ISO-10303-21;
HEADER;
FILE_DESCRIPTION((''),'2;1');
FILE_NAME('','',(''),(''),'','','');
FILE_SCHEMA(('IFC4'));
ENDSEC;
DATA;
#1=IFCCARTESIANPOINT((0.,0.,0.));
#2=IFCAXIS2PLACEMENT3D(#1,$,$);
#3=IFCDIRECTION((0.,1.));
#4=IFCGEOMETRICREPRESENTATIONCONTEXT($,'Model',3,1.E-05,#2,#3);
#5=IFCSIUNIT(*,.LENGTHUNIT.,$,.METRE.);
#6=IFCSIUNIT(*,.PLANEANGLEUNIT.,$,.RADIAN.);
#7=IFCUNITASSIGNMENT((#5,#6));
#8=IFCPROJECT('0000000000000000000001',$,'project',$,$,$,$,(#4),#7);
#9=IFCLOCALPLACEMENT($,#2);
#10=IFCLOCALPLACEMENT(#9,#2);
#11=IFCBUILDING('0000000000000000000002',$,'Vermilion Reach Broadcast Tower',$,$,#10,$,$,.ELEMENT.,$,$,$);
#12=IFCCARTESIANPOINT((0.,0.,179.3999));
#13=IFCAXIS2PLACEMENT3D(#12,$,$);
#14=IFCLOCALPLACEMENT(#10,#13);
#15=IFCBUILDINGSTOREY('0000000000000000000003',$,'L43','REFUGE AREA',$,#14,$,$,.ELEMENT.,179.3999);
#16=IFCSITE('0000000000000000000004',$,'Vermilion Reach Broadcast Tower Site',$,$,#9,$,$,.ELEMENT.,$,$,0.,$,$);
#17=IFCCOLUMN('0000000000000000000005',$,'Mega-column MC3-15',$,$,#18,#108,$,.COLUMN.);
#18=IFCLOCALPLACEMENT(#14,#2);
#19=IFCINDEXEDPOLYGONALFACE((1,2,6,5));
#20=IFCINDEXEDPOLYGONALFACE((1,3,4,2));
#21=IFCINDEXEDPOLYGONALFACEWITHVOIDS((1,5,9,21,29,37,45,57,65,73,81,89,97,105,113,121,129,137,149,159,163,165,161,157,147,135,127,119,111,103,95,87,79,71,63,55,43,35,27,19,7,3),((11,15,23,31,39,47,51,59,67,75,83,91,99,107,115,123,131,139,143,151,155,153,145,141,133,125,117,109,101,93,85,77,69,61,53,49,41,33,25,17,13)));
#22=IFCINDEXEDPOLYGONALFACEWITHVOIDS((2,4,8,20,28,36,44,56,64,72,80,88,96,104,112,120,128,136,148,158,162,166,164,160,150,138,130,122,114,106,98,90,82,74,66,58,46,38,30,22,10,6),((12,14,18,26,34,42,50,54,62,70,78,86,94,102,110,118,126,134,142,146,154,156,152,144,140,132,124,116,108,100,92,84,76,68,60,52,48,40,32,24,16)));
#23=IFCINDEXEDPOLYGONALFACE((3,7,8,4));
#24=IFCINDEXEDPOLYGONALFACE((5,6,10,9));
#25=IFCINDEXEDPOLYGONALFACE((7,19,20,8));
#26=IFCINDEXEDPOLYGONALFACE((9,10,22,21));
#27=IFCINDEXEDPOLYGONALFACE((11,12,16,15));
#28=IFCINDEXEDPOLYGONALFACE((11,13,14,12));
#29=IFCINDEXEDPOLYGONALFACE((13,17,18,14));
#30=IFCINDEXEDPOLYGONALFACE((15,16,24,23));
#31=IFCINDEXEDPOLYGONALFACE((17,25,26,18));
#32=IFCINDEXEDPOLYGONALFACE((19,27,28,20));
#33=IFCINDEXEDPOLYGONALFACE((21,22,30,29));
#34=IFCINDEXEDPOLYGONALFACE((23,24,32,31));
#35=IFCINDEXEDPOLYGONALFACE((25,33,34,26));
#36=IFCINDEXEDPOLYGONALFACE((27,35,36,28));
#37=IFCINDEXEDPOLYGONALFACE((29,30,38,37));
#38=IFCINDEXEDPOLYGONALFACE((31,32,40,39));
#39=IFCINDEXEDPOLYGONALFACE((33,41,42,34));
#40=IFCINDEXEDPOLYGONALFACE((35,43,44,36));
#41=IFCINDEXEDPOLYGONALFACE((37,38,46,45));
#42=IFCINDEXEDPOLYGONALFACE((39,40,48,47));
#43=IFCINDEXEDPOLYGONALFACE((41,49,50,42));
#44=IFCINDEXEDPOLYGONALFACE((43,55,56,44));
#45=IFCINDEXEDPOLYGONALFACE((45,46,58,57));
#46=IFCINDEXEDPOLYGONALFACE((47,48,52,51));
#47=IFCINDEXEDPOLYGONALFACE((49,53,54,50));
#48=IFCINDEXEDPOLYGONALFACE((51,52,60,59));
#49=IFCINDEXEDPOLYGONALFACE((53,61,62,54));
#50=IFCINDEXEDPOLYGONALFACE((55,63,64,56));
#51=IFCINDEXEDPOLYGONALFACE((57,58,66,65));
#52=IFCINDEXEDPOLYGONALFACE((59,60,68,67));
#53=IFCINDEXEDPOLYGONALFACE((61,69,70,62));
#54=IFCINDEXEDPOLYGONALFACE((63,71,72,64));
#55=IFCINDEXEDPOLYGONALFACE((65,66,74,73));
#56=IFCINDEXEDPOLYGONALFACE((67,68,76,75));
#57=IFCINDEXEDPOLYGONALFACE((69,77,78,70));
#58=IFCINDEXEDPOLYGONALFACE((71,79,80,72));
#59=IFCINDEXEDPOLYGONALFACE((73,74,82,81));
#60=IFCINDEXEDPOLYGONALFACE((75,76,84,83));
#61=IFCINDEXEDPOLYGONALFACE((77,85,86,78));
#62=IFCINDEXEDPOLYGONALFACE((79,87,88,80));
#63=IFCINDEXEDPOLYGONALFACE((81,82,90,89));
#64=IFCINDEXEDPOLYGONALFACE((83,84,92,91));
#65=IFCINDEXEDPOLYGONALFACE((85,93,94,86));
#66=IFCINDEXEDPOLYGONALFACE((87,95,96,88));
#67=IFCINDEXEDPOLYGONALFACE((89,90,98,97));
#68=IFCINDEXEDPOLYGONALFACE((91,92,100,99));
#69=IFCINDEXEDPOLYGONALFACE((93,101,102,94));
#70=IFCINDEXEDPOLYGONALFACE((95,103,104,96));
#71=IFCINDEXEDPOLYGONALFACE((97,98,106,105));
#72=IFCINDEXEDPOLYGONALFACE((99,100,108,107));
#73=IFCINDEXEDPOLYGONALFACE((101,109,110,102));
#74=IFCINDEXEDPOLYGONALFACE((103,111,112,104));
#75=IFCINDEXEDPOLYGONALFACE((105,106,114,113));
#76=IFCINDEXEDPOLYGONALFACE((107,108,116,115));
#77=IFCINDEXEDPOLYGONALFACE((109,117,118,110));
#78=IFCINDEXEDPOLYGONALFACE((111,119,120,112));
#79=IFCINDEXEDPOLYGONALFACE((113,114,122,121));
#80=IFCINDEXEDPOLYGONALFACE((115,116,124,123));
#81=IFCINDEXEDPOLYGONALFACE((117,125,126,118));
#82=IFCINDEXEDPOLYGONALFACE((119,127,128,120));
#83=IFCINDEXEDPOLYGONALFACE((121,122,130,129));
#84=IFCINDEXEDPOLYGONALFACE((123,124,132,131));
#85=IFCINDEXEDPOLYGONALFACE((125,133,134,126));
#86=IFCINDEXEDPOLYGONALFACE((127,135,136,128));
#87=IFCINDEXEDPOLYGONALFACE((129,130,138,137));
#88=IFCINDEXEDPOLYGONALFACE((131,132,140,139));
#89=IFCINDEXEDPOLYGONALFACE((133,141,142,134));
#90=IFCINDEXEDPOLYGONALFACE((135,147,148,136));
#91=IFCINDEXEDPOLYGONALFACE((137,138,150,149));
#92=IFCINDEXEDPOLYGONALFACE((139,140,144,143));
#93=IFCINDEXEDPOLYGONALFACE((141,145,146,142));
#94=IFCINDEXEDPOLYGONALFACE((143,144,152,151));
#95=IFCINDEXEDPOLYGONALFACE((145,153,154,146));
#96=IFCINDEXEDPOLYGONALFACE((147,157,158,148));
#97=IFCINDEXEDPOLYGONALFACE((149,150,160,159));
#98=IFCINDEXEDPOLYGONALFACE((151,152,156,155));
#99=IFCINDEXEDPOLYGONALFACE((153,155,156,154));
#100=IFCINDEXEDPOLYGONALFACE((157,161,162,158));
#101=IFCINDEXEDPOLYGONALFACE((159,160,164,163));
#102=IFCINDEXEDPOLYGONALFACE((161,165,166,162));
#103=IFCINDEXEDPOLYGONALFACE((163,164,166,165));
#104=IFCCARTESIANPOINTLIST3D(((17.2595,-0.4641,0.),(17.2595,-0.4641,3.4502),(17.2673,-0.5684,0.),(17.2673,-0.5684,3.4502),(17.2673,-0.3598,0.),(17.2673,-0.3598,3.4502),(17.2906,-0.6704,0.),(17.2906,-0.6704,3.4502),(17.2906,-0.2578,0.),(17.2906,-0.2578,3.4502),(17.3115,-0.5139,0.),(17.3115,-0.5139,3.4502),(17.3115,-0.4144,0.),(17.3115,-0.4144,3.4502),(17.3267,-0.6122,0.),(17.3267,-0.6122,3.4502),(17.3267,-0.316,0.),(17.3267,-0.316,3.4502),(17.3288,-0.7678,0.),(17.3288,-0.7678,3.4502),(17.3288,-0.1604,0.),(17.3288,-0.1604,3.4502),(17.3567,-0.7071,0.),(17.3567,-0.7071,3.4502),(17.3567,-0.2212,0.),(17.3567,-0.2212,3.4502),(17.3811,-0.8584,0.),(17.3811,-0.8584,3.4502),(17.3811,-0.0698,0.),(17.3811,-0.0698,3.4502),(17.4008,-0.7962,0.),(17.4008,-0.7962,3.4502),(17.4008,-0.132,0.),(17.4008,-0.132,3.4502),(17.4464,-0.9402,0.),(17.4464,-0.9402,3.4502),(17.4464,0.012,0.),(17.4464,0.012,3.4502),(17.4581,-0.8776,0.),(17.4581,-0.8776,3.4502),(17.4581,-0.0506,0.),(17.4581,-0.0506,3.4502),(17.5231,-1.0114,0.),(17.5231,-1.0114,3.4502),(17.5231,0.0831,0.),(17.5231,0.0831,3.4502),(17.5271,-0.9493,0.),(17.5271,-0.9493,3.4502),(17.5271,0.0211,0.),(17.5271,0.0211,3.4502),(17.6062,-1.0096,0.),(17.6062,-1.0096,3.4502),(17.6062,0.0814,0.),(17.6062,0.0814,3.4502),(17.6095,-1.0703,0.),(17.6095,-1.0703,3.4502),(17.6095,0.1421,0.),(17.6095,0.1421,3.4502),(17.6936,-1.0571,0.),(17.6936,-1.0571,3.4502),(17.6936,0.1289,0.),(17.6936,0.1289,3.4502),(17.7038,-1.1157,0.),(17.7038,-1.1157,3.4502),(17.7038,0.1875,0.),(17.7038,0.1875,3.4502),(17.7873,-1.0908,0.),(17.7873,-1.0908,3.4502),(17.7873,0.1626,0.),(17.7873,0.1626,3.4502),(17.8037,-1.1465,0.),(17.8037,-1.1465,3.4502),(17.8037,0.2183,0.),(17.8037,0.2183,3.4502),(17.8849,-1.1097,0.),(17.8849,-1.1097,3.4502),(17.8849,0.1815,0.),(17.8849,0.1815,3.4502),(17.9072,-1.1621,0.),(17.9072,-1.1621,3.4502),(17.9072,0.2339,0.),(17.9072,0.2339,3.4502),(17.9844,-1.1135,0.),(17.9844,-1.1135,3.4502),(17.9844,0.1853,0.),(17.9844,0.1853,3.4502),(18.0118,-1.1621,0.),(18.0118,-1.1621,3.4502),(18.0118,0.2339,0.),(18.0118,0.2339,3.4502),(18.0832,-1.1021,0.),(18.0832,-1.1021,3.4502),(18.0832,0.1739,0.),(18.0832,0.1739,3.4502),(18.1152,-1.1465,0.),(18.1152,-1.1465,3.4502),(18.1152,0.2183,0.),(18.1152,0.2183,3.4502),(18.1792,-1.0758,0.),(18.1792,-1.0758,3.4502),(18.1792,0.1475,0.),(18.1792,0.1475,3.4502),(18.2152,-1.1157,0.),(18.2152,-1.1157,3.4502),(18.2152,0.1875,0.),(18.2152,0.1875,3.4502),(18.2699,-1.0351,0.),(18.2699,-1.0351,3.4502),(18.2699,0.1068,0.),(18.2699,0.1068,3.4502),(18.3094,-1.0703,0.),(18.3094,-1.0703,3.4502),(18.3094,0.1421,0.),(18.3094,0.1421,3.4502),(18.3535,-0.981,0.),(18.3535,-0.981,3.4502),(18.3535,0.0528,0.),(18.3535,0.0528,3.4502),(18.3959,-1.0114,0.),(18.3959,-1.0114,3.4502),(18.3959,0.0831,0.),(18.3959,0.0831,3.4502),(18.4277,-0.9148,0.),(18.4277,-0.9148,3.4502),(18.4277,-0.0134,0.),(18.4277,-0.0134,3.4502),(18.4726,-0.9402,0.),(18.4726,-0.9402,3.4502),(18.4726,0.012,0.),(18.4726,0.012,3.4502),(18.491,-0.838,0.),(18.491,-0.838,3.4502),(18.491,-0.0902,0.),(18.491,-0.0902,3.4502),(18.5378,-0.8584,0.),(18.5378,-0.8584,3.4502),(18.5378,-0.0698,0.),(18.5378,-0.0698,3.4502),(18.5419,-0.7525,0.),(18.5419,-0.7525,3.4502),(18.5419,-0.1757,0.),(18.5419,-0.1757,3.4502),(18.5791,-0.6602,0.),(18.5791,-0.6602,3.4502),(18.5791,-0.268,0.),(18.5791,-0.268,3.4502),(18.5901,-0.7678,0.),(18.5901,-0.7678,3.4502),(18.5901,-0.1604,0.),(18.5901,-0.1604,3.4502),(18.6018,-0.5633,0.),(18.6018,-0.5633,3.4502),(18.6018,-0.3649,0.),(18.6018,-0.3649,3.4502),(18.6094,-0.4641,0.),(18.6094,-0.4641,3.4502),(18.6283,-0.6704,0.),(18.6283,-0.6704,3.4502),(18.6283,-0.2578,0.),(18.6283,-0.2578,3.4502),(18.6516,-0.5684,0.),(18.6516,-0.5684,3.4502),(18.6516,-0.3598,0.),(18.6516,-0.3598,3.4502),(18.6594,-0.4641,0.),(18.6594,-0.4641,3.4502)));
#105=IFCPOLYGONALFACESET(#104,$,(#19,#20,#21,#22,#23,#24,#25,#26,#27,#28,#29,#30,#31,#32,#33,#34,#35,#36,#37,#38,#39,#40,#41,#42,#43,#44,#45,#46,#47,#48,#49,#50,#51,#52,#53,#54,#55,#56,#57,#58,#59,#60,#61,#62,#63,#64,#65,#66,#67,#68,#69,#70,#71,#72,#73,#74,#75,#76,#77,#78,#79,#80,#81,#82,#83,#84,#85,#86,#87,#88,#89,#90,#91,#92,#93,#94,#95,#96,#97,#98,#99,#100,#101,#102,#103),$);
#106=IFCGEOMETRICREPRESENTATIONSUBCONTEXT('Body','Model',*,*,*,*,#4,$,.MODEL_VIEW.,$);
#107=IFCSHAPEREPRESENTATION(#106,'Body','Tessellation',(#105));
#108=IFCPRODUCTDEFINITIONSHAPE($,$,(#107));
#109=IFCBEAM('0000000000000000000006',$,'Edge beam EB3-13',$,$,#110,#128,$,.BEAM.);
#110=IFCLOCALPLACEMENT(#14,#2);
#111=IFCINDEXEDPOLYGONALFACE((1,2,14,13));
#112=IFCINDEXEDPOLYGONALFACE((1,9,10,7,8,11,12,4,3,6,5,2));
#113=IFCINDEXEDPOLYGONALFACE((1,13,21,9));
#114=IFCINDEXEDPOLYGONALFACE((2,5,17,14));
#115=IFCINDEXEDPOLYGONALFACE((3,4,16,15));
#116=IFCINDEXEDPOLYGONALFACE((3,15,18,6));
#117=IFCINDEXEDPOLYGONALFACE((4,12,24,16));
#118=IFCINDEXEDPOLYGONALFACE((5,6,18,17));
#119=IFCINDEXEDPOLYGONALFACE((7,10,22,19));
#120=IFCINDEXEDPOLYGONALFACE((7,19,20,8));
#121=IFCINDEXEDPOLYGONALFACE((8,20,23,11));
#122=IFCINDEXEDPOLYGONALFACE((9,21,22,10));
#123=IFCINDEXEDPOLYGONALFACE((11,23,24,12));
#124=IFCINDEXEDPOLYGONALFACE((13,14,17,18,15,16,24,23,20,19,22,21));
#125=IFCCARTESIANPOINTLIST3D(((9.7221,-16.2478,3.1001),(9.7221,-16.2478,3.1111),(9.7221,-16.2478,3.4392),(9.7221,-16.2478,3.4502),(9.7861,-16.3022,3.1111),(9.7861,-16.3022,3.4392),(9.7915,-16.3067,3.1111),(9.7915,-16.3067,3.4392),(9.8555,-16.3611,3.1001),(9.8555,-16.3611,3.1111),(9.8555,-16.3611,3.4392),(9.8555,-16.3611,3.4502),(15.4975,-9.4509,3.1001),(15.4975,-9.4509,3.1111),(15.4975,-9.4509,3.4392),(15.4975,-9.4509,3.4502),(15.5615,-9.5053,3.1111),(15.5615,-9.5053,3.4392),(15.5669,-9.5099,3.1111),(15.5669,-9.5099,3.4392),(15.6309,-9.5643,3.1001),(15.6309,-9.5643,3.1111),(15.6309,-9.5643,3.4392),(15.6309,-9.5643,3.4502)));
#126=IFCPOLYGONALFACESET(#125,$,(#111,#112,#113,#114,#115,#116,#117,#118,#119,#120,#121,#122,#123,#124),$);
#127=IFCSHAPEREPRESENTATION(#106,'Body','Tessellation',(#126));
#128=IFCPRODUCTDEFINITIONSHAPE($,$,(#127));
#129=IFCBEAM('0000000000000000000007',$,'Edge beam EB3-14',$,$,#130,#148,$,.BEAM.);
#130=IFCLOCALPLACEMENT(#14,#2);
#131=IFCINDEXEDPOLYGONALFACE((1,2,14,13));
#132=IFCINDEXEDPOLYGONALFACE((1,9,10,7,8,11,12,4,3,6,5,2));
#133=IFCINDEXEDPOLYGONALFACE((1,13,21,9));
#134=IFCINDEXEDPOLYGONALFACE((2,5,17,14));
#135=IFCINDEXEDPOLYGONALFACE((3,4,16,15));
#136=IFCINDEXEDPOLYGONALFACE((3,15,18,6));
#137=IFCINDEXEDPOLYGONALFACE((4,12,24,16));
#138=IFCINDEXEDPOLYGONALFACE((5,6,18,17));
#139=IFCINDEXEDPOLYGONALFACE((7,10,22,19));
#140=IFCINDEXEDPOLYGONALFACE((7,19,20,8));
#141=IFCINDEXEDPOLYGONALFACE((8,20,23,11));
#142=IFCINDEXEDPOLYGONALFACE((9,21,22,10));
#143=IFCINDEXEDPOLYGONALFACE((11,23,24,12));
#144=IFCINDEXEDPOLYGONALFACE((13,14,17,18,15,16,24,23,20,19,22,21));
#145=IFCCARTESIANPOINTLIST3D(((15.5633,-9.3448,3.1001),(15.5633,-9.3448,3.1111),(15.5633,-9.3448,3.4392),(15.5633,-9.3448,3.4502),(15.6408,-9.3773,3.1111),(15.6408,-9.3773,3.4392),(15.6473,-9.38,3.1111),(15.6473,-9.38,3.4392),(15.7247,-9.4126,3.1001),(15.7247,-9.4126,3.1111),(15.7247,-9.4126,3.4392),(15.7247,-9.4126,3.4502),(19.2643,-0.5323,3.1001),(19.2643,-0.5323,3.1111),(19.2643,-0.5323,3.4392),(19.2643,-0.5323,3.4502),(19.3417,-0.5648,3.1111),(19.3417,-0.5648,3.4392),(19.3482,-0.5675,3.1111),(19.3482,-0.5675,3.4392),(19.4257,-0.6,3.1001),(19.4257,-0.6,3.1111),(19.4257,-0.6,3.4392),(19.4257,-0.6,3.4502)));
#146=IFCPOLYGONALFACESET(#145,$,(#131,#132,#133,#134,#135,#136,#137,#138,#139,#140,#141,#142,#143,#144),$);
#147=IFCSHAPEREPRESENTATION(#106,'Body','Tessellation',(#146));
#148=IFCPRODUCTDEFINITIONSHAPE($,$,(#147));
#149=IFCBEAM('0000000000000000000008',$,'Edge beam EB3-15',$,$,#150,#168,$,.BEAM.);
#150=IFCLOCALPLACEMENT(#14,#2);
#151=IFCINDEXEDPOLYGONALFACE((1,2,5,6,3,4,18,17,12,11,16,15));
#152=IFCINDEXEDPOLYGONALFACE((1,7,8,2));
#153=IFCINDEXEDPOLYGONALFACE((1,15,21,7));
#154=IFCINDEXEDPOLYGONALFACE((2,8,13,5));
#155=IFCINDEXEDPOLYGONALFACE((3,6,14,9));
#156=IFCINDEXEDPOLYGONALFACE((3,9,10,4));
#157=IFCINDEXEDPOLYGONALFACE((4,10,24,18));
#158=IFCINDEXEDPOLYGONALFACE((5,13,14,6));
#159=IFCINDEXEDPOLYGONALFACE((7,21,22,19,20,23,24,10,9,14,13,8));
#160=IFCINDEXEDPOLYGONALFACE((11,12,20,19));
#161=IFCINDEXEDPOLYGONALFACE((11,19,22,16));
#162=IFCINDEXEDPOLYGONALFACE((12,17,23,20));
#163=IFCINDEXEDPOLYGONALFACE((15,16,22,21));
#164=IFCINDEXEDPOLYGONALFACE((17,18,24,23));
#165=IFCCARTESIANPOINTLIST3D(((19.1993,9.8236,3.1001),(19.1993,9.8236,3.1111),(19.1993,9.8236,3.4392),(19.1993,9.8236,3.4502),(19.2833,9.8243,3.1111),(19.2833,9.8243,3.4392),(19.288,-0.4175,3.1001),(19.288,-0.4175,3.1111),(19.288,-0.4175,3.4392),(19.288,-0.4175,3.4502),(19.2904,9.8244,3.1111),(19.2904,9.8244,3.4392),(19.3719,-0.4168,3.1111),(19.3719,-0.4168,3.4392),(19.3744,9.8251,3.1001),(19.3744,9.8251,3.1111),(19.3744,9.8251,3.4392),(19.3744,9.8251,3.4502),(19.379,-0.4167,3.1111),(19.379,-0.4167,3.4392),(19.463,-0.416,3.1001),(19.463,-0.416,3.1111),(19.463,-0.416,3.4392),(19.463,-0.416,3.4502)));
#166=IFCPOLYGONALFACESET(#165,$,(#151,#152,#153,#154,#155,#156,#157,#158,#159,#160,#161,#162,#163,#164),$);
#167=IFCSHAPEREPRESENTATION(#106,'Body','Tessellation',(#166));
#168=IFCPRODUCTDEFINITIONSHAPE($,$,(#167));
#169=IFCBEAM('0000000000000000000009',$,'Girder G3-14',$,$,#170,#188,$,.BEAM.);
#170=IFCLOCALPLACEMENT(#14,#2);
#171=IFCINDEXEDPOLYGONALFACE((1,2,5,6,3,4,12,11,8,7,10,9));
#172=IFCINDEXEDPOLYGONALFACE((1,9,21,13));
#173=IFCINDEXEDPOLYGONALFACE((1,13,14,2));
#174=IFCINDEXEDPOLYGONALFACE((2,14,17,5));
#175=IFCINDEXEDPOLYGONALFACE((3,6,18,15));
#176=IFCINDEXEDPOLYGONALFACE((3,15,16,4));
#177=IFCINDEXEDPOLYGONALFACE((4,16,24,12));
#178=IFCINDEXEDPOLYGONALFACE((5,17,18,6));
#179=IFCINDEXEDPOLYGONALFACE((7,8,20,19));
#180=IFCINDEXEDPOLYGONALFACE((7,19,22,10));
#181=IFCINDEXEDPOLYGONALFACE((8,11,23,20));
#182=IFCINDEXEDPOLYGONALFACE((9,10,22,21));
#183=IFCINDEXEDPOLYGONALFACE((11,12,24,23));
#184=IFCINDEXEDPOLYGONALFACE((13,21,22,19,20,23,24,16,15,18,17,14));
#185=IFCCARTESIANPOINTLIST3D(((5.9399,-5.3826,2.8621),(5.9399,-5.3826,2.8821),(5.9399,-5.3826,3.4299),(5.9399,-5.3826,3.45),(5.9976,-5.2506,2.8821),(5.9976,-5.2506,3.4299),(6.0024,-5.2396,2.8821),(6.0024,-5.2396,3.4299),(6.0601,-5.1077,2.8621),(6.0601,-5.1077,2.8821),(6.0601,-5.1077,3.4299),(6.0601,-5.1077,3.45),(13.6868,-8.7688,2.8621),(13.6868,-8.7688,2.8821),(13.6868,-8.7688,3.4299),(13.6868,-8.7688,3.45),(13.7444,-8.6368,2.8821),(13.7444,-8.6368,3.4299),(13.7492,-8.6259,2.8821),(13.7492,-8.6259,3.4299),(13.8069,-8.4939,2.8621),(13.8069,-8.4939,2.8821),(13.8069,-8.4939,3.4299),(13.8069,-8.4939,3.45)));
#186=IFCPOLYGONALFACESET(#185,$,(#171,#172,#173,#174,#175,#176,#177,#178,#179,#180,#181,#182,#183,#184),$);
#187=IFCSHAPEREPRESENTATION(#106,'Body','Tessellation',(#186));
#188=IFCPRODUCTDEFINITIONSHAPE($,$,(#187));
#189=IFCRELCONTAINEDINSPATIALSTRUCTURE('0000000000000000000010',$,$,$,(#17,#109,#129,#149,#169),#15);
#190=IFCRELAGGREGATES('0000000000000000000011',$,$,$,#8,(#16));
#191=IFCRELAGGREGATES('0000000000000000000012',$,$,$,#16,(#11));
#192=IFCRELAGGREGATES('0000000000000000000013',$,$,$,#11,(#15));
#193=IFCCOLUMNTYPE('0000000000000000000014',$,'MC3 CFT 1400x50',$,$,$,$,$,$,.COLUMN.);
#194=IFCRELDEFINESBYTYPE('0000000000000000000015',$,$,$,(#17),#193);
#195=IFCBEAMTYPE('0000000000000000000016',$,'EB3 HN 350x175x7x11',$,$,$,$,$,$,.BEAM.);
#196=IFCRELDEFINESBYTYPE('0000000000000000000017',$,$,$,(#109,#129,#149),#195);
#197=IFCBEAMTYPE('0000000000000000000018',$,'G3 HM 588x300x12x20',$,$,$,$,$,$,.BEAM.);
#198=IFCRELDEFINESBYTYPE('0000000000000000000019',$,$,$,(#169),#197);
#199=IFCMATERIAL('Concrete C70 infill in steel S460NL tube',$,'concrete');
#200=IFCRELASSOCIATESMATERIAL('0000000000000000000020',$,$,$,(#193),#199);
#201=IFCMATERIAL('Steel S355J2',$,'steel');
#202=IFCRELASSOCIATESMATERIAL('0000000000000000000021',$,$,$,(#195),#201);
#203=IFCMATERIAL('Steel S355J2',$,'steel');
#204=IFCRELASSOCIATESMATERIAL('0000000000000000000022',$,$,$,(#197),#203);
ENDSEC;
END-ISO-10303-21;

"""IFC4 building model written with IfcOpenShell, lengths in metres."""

from ifc_helpers import new_model, si_unit, direction, frame, origin, origin_2d, place, context, subcontext, project, spatial, hollow_circle, i_section, extrude, material, material_profile, profile_set, type_object, element, save


model = new_model("IFC4")

# Units and contexts
model_context = context("Model", 3, precision=1e-05, world=origin(), true_north=direction((0.0, 1.0)))
body_context = subcontext(model_context, "Body", "Model", "MODEL_VIEW")
ifc_project = project(units=[si_unit("LENGTHUNIT", "METRE"), si_unit("PLANEANGLEUNIT", "RADIAN")], contexts=[model_context])

# Site, building, storey
site_placement = place(None, origin())
site = spatial("IfcSite", under=ifc_project, at=site_placement, Name="Vermilion Reach Broadcast Tower Site", CompositionType="ELEMENT", RefElevation=0.0)
building_placement = place(site_placement, origin())
building = spatial("IfcBuilding", under=site, at=building_placement, Name="Vermilion Reach Broadcast Tower", CompositionType="ELEMENT")
storey_placement = place(building_placement, frame((0.0, 0.0, 179.3999)))
storey = spatial("IfcBuildingStorey", under=building, at=storey_placement, Name="L43", Description="REFUGE AREA", CompositionType="ELEMENT", Elevation=179.3999)

# Column
ifc_material_1 = material(Name="Concrete C70 infill in steel S460NL tube", Category="concrete")
ifc_material_profile_1 = material_profile(ifc_material_1, hollow_circle(Radius=0.7, WallThickness=0.05, at=origin_2d()), Name="Concrete C70 infill in steel S460NL tube CFT 1400x50")
ifc_profile_set_1 = profile_set([ifc_material_profile_1], Name="Concrete C70 infill in steel S460NL tube")
column_type = type_object("IfcColumnType", Name="MC3 CFT 1400x50", PredefinedType="COLUMN", material=ifc_profile_set_1)
for number, where, z_axis, x_axis, name in (
    (1, (17.9595, -0.4641, 0.0), (0.0, 0.0, 1.0), (1.0, 0.0, 0.0), "Mega-column MC3-15"),
):
    element("IfcColumn", number, at=place(storey_placement, frame(where, z_axis=z_axis, x_axis=x_axis)), inside=storey, type_object=column_type, Name=name, PredefinedType="COLUMN", context=body_context, shape_type="SweptSolid", body=[
        extrude(hollow_circle(Radius=0.7, WallThickness=0.05, at=origin_2d()), origin(), (0.0, 0.0, 1.0), 3.4502),
    ])

# Beams
ifc_material_2 = material(Name="Steel S355J2", Category="steel")
ifc_material_profile_2 = material_profile(ifc_material_2, i_section(OverallWidth=0.175, OverallDepth=0.3501, WebThickness=0.0071, FlangeThickness=0.011, at=origin_2d()), Name="S355J2 HN 350x175x7x11")
ifc_profile_set_2 = profile_set([ifc_material_profile_2], Name="Steel S355J2")
beam_type_1 = type_object("IfcBeamType", Name="EB3 HN 350x175x7x11", PredefinedType="BEAM", material=ifc_profile_set_2)
beam_1_placement = place(storey_placement, frame((9.7888, -16.3044, 3.2751), z_axis=(0.647521, 0.762047, 0.0), x_axis=(-0.762047, 0.647521, 0.0)))
element("IfcBeam", 2, at=beam_1_placement, inside=storey, type_object=beam_type_1, Name="Edge beam EB3-13", PredefinedType="BEAM", context=body_context, shape_type="SweptSolid", body=[
    extrude(i_section(OverallWidth=0.175, OverallDepth=0.3501, WebThickness=0.0071, FlangeThickness=0.011, at=origin_2d()), origin(), (0.0, 0.0, 1.0), 8.9192),
])
beam_2_placement = place(storey_placement, frame((15.644, -9.3787, 3.2751), z_axis=(0.387204, 0.921994, 0.0), x_axis=(-0.921994, 0.387204, 0.0)))
element("IfcBeam", 3, at=beam_2_placement, inside=storey, type_object=beam_type_1, Name="Edge beam EB3-14", PredefinedType="BEAM", context=body_context, shape_type="SweptSolid", body=[
    extrude(i_section(OverallWidth=0.175, OverallDepth=0.3501, WebThickness=0.0071, FlangeThickness=0.011, at=origin_2d()), origin(), (0.0, 0.0, 1.0), 9.5581),
])
beam_3_placement = place(storey_placement, frame((19.3755, -0.4167, 3.2751), z_axis=(-0.008653, 0.999963, 0.0), x_axis=(-0.999963, -0.008653, 0.0)))
element("IfcBeam", 4, at=beam_3_placement, inside=storey, type_object=beam_type_1, Name="Edge beam EB3-15", PredefinedType="BEAM", context=body_context, shape_type="SweptSolid", body=[
    extrude(i_section(OverallWidth=0.175, OverallDepth=0.3501, WebThickness=0.0071, FlangeThickness=0.011, at=origin_2d()), origin(), (0.0, 0.0, 1.0), 10.2415),
])
ifc_material_3 = material(Name="Steel S355J2", Category="steel")
ifc_material_profile_3 = material_profile(ifc_material_3, i_section(OverallWidth=0.3, OverallDepth=0.5879, WebThickness=0.012, FlangeThickness=0.02, at=origin_2d()), Name="S355J2 HM 588x300x12x20")
ifc_profile_set_3 = profile_set([ifc_material_profile_3], Name="Steel S355J2")
beam_type_2 = type_object("IfcBeamType", Name="G3 HM 588x300x12x20", PredefinedType="BEAM", material=ifc_profile_set_3)
beam_4_placement = place(storey_placement, frame((6.0, -5.2451, 3.156), z_axis=(0.916288, -0.40052, 0.0), x_axis=(0.40052, 0.916288, 0.0)))
element("IfcBeam", 5, at=beam_4_placement, inside=storey, type_object=beam_type_2, Name="Girder G3-14", PredefinedType="BEAM", context=body_context, shape_type="SweptSolid", body=[
    extrude(i_section(OverallWidth=0.3, OverallDepth=0.5879, WebThickness=0.012, FlangeThickness=0.02, at=origin_2d()), origin(), (0.0, 0.0, 1.0), 8.4546),
])

save(model, "model.ifc")
